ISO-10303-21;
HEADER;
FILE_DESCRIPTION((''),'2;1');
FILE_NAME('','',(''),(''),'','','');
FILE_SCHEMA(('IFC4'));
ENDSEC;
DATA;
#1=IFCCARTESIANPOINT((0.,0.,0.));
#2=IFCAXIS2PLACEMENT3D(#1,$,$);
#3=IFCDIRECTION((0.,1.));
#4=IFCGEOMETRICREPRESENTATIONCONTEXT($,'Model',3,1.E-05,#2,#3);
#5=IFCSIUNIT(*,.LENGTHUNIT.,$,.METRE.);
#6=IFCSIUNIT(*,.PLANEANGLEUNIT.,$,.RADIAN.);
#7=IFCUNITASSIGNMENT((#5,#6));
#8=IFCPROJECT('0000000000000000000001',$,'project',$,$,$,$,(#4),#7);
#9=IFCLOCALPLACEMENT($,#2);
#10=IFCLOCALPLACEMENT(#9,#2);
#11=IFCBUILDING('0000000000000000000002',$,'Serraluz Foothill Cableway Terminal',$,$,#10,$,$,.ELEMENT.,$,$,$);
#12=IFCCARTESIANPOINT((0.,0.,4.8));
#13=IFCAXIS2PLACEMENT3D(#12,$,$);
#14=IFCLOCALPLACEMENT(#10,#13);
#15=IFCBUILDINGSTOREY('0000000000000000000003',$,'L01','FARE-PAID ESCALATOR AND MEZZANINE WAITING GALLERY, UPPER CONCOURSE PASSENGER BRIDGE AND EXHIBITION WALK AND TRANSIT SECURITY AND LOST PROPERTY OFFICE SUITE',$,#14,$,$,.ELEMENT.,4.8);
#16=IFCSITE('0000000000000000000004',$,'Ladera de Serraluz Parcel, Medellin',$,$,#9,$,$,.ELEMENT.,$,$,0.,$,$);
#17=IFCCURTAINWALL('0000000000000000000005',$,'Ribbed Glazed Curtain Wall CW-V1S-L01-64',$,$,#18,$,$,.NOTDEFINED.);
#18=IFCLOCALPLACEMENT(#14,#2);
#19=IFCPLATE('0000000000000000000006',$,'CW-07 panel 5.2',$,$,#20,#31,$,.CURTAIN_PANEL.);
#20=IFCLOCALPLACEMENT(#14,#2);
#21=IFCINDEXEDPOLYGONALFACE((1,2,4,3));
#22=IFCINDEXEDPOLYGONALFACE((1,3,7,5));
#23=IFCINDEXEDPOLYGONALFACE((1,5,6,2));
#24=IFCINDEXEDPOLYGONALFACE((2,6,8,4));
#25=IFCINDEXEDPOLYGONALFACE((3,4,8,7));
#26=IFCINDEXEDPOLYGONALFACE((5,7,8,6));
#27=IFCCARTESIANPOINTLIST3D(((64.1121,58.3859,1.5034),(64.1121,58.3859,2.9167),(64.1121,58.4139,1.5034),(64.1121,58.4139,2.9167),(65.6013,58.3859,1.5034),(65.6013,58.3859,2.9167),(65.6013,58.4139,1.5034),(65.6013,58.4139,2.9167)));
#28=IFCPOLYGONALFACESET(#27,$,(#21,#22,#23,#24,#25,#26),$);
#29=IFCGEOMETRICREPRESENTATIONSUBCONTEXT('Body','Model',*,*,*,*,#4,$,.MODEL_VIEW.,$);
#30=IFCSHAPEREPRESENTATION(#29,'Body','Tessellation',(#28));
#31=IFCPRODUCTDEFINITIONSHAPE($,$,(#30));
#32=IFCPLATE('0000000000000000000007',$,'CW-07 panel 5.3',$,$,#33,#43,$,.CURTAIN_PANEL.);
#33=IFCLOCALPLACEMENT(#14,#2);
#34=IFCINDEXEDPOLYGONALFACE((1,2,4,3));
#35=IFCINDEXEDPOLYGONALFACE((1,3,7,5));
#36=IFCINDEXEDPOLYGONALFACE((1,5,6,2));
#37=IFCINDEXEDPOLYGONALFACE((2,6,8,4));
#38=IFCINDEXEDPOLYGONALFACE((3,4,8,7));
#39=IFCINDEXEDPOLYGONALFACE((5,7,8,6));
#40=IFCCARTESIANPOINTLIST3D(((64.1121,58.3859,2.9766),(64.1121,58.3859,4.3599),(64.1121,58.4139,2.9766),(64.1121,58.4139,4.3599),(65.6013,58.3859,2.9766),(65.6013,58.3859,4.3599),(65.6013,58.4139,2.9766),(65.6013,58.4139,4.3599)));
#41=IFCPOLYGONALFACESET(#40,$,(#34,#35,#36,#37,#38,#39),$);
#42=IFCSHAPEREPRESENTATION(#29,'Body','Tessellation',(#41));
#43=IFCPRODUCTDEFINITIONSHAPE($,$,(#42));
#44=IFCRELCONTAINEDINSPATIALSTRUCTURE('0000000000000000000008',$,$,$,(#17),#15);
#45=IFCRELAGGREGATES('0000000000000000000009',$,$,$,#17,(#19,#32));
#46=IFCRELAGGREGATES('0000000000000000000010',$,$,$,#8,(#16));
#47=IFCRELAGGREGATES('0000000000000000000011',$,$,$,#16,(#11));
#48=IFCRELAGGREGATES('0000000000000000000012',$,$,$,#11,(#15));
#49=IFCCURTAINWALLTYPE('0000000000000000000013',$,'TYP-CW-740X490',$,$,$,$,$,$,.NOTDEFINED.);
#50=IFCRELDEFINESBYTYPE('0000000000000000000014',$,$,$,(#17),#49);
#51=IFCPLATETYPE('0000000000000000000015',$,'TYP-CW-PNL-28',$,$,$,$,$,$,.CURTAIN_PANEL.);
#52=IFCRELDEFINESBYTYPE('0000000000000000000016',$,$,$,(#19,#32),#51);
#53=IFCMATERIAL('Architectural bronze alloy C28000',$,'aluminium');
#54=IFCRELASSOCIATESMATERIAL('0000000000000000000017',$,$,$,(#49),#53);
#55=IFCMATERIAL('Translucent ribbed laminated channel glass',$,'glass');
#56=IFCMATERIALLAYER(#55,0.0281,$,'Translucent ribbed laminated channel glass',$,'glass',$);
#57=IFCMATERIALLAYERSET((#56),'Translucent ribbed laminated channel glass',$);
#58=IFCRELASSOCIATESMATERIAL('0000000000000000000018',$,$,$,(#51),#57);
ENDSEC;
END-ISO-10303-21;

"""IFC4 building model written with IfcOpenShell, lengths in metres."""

from ifc_helpers import new_model, si_unit, direction, frame, origin, origin_2d, place, context, subcontext, project, spatial, rectangle, extrude, material, layer, layer_set, type_object, element, aggregate, save


model = new_model("IFC4")

# Units and contexts
model_context = context("Model", 3, precision=1e-05, world=origin(), true_north=direction((0.0, 1.0)))
body_context = subcontext(model_context, "Body", "Model", "MODEL_VIEW")
ifc_project = project(units=[si_unit("LENGTHUNIT", "METRE"), si_unit("PLANEANGLEUNIT", "RADIAN")], contexts=[model_context])

# Site, building, storey
site_placement = place(None, origin())
site = spatial("IfcSite", under=ifc_project, at=site_placement, Name="Ladera de Serraluz Parcel, Medellin", CompositionType="ELEMENT", RefElevation=0.0)
building_placement = place(site_placement, origin())
building = spatial("IfcBuilding", under=site, at=building_placement, Name="Serraluz Foothill Cableway Terminal", CompositionType="ELEMENT")
storey_placement = place(building_placement, frame((0.0, 0.0, 4.8)))
storey = spatial("IfcBuildingStorey", under=building, at=storey_placement, Name="L01", Description="FARE-PAID ESCALATOR AND MEZZANINE WAITING GALLERY, UPPER CONCOURSE PASSENGER BRIDGE AND EXHIBITION WALK AND TRANSIT SECURITY AND LOST PROPERTY OFFICE SUITE", CompositionType="ELEMENT", Elevation=4.8)

# Shared definitions
ifc_material_1 = material(Name="Architectural bronze alloy C28000", Category="aluminium")

# Curtain wall
curtain_wall_type_1 = type_object("IfcCurtainWallType", Name="TYP-CW-740X490", PredefinedType="NOTDEFINED", material=ifc_material_1)
curtain_wall_1_placement = place(storey_placement, origin())
curtain_wall_1 = element("IfcCurtainWall", 1, at=curtain_wall_1_placement, inside=storey, type_object=curtain_wall_type_1, Name="Ribbed Glazed Curtain Wall CW-V1S-L01-64", PredefinedType="NOTDEFINED")

# Plates
ifc_material_2 = material(Name="Translucent ribbed laminated channel glass", Category="glass")
ifc_layer = layer(ifc_material_2, 0.0281, Name="Translucent ribbed laminated channel glass", Category="glass")
ifc_layer_set = layer_set([ifc_layer], Name="Translucent ribbed laminated channel glass")
plate_type = type_object("IfcPlateType", Name="TYP-CW-PNL-28", PredefinedType="CURTAIN_PANEL", material=ifc_layer_set)
plate_1_placement = place(storey_placement, frame((64.8567, 58.3999, 1.5034), z_axis=(0.0, 0.0, 1.0), x_axis=(-1.0, 0.0, 0.0)))
plate_1 = element("IfcPlate", 2, at=plate_1_placement, type_object=plate_type, Name="CW-07 panel 5.2", PredefinedType="CURTAIN_PANEL", context=body_context, shape_type="SweptSolid", body=[
    extrude(rectangle(XDim=1.4893, YDim=0.0281, at=origin_2d()), origin(), (0.0, 0.0, 1.0), 1.4133),
])
plate_2_placement = place(storey_placement, frame((64.8567, 58.3999, 2.9766), z_axis=(0.0, 0.0, 1.0), x_axis=(-1.0, 0.0, 0.0)))
plate_2 = element("IfcPlate", 3, at=plate_2_placement, type_object=plate_type, Name="CW-07 panel 5.3", PredefinedType="CURTAIN_PANEL", context=body_context, shape_type="SweptSolid", body=[
    extrude(rectangle(XDim=1.4893, YDim=0.0281, at=origin_2d()), origin(), (0.0, 0.0, 1.0), 1.3833),
])
aggregate(curtain_wall_1, [plate_1, plate_2])

save(model, "model.ifc")
